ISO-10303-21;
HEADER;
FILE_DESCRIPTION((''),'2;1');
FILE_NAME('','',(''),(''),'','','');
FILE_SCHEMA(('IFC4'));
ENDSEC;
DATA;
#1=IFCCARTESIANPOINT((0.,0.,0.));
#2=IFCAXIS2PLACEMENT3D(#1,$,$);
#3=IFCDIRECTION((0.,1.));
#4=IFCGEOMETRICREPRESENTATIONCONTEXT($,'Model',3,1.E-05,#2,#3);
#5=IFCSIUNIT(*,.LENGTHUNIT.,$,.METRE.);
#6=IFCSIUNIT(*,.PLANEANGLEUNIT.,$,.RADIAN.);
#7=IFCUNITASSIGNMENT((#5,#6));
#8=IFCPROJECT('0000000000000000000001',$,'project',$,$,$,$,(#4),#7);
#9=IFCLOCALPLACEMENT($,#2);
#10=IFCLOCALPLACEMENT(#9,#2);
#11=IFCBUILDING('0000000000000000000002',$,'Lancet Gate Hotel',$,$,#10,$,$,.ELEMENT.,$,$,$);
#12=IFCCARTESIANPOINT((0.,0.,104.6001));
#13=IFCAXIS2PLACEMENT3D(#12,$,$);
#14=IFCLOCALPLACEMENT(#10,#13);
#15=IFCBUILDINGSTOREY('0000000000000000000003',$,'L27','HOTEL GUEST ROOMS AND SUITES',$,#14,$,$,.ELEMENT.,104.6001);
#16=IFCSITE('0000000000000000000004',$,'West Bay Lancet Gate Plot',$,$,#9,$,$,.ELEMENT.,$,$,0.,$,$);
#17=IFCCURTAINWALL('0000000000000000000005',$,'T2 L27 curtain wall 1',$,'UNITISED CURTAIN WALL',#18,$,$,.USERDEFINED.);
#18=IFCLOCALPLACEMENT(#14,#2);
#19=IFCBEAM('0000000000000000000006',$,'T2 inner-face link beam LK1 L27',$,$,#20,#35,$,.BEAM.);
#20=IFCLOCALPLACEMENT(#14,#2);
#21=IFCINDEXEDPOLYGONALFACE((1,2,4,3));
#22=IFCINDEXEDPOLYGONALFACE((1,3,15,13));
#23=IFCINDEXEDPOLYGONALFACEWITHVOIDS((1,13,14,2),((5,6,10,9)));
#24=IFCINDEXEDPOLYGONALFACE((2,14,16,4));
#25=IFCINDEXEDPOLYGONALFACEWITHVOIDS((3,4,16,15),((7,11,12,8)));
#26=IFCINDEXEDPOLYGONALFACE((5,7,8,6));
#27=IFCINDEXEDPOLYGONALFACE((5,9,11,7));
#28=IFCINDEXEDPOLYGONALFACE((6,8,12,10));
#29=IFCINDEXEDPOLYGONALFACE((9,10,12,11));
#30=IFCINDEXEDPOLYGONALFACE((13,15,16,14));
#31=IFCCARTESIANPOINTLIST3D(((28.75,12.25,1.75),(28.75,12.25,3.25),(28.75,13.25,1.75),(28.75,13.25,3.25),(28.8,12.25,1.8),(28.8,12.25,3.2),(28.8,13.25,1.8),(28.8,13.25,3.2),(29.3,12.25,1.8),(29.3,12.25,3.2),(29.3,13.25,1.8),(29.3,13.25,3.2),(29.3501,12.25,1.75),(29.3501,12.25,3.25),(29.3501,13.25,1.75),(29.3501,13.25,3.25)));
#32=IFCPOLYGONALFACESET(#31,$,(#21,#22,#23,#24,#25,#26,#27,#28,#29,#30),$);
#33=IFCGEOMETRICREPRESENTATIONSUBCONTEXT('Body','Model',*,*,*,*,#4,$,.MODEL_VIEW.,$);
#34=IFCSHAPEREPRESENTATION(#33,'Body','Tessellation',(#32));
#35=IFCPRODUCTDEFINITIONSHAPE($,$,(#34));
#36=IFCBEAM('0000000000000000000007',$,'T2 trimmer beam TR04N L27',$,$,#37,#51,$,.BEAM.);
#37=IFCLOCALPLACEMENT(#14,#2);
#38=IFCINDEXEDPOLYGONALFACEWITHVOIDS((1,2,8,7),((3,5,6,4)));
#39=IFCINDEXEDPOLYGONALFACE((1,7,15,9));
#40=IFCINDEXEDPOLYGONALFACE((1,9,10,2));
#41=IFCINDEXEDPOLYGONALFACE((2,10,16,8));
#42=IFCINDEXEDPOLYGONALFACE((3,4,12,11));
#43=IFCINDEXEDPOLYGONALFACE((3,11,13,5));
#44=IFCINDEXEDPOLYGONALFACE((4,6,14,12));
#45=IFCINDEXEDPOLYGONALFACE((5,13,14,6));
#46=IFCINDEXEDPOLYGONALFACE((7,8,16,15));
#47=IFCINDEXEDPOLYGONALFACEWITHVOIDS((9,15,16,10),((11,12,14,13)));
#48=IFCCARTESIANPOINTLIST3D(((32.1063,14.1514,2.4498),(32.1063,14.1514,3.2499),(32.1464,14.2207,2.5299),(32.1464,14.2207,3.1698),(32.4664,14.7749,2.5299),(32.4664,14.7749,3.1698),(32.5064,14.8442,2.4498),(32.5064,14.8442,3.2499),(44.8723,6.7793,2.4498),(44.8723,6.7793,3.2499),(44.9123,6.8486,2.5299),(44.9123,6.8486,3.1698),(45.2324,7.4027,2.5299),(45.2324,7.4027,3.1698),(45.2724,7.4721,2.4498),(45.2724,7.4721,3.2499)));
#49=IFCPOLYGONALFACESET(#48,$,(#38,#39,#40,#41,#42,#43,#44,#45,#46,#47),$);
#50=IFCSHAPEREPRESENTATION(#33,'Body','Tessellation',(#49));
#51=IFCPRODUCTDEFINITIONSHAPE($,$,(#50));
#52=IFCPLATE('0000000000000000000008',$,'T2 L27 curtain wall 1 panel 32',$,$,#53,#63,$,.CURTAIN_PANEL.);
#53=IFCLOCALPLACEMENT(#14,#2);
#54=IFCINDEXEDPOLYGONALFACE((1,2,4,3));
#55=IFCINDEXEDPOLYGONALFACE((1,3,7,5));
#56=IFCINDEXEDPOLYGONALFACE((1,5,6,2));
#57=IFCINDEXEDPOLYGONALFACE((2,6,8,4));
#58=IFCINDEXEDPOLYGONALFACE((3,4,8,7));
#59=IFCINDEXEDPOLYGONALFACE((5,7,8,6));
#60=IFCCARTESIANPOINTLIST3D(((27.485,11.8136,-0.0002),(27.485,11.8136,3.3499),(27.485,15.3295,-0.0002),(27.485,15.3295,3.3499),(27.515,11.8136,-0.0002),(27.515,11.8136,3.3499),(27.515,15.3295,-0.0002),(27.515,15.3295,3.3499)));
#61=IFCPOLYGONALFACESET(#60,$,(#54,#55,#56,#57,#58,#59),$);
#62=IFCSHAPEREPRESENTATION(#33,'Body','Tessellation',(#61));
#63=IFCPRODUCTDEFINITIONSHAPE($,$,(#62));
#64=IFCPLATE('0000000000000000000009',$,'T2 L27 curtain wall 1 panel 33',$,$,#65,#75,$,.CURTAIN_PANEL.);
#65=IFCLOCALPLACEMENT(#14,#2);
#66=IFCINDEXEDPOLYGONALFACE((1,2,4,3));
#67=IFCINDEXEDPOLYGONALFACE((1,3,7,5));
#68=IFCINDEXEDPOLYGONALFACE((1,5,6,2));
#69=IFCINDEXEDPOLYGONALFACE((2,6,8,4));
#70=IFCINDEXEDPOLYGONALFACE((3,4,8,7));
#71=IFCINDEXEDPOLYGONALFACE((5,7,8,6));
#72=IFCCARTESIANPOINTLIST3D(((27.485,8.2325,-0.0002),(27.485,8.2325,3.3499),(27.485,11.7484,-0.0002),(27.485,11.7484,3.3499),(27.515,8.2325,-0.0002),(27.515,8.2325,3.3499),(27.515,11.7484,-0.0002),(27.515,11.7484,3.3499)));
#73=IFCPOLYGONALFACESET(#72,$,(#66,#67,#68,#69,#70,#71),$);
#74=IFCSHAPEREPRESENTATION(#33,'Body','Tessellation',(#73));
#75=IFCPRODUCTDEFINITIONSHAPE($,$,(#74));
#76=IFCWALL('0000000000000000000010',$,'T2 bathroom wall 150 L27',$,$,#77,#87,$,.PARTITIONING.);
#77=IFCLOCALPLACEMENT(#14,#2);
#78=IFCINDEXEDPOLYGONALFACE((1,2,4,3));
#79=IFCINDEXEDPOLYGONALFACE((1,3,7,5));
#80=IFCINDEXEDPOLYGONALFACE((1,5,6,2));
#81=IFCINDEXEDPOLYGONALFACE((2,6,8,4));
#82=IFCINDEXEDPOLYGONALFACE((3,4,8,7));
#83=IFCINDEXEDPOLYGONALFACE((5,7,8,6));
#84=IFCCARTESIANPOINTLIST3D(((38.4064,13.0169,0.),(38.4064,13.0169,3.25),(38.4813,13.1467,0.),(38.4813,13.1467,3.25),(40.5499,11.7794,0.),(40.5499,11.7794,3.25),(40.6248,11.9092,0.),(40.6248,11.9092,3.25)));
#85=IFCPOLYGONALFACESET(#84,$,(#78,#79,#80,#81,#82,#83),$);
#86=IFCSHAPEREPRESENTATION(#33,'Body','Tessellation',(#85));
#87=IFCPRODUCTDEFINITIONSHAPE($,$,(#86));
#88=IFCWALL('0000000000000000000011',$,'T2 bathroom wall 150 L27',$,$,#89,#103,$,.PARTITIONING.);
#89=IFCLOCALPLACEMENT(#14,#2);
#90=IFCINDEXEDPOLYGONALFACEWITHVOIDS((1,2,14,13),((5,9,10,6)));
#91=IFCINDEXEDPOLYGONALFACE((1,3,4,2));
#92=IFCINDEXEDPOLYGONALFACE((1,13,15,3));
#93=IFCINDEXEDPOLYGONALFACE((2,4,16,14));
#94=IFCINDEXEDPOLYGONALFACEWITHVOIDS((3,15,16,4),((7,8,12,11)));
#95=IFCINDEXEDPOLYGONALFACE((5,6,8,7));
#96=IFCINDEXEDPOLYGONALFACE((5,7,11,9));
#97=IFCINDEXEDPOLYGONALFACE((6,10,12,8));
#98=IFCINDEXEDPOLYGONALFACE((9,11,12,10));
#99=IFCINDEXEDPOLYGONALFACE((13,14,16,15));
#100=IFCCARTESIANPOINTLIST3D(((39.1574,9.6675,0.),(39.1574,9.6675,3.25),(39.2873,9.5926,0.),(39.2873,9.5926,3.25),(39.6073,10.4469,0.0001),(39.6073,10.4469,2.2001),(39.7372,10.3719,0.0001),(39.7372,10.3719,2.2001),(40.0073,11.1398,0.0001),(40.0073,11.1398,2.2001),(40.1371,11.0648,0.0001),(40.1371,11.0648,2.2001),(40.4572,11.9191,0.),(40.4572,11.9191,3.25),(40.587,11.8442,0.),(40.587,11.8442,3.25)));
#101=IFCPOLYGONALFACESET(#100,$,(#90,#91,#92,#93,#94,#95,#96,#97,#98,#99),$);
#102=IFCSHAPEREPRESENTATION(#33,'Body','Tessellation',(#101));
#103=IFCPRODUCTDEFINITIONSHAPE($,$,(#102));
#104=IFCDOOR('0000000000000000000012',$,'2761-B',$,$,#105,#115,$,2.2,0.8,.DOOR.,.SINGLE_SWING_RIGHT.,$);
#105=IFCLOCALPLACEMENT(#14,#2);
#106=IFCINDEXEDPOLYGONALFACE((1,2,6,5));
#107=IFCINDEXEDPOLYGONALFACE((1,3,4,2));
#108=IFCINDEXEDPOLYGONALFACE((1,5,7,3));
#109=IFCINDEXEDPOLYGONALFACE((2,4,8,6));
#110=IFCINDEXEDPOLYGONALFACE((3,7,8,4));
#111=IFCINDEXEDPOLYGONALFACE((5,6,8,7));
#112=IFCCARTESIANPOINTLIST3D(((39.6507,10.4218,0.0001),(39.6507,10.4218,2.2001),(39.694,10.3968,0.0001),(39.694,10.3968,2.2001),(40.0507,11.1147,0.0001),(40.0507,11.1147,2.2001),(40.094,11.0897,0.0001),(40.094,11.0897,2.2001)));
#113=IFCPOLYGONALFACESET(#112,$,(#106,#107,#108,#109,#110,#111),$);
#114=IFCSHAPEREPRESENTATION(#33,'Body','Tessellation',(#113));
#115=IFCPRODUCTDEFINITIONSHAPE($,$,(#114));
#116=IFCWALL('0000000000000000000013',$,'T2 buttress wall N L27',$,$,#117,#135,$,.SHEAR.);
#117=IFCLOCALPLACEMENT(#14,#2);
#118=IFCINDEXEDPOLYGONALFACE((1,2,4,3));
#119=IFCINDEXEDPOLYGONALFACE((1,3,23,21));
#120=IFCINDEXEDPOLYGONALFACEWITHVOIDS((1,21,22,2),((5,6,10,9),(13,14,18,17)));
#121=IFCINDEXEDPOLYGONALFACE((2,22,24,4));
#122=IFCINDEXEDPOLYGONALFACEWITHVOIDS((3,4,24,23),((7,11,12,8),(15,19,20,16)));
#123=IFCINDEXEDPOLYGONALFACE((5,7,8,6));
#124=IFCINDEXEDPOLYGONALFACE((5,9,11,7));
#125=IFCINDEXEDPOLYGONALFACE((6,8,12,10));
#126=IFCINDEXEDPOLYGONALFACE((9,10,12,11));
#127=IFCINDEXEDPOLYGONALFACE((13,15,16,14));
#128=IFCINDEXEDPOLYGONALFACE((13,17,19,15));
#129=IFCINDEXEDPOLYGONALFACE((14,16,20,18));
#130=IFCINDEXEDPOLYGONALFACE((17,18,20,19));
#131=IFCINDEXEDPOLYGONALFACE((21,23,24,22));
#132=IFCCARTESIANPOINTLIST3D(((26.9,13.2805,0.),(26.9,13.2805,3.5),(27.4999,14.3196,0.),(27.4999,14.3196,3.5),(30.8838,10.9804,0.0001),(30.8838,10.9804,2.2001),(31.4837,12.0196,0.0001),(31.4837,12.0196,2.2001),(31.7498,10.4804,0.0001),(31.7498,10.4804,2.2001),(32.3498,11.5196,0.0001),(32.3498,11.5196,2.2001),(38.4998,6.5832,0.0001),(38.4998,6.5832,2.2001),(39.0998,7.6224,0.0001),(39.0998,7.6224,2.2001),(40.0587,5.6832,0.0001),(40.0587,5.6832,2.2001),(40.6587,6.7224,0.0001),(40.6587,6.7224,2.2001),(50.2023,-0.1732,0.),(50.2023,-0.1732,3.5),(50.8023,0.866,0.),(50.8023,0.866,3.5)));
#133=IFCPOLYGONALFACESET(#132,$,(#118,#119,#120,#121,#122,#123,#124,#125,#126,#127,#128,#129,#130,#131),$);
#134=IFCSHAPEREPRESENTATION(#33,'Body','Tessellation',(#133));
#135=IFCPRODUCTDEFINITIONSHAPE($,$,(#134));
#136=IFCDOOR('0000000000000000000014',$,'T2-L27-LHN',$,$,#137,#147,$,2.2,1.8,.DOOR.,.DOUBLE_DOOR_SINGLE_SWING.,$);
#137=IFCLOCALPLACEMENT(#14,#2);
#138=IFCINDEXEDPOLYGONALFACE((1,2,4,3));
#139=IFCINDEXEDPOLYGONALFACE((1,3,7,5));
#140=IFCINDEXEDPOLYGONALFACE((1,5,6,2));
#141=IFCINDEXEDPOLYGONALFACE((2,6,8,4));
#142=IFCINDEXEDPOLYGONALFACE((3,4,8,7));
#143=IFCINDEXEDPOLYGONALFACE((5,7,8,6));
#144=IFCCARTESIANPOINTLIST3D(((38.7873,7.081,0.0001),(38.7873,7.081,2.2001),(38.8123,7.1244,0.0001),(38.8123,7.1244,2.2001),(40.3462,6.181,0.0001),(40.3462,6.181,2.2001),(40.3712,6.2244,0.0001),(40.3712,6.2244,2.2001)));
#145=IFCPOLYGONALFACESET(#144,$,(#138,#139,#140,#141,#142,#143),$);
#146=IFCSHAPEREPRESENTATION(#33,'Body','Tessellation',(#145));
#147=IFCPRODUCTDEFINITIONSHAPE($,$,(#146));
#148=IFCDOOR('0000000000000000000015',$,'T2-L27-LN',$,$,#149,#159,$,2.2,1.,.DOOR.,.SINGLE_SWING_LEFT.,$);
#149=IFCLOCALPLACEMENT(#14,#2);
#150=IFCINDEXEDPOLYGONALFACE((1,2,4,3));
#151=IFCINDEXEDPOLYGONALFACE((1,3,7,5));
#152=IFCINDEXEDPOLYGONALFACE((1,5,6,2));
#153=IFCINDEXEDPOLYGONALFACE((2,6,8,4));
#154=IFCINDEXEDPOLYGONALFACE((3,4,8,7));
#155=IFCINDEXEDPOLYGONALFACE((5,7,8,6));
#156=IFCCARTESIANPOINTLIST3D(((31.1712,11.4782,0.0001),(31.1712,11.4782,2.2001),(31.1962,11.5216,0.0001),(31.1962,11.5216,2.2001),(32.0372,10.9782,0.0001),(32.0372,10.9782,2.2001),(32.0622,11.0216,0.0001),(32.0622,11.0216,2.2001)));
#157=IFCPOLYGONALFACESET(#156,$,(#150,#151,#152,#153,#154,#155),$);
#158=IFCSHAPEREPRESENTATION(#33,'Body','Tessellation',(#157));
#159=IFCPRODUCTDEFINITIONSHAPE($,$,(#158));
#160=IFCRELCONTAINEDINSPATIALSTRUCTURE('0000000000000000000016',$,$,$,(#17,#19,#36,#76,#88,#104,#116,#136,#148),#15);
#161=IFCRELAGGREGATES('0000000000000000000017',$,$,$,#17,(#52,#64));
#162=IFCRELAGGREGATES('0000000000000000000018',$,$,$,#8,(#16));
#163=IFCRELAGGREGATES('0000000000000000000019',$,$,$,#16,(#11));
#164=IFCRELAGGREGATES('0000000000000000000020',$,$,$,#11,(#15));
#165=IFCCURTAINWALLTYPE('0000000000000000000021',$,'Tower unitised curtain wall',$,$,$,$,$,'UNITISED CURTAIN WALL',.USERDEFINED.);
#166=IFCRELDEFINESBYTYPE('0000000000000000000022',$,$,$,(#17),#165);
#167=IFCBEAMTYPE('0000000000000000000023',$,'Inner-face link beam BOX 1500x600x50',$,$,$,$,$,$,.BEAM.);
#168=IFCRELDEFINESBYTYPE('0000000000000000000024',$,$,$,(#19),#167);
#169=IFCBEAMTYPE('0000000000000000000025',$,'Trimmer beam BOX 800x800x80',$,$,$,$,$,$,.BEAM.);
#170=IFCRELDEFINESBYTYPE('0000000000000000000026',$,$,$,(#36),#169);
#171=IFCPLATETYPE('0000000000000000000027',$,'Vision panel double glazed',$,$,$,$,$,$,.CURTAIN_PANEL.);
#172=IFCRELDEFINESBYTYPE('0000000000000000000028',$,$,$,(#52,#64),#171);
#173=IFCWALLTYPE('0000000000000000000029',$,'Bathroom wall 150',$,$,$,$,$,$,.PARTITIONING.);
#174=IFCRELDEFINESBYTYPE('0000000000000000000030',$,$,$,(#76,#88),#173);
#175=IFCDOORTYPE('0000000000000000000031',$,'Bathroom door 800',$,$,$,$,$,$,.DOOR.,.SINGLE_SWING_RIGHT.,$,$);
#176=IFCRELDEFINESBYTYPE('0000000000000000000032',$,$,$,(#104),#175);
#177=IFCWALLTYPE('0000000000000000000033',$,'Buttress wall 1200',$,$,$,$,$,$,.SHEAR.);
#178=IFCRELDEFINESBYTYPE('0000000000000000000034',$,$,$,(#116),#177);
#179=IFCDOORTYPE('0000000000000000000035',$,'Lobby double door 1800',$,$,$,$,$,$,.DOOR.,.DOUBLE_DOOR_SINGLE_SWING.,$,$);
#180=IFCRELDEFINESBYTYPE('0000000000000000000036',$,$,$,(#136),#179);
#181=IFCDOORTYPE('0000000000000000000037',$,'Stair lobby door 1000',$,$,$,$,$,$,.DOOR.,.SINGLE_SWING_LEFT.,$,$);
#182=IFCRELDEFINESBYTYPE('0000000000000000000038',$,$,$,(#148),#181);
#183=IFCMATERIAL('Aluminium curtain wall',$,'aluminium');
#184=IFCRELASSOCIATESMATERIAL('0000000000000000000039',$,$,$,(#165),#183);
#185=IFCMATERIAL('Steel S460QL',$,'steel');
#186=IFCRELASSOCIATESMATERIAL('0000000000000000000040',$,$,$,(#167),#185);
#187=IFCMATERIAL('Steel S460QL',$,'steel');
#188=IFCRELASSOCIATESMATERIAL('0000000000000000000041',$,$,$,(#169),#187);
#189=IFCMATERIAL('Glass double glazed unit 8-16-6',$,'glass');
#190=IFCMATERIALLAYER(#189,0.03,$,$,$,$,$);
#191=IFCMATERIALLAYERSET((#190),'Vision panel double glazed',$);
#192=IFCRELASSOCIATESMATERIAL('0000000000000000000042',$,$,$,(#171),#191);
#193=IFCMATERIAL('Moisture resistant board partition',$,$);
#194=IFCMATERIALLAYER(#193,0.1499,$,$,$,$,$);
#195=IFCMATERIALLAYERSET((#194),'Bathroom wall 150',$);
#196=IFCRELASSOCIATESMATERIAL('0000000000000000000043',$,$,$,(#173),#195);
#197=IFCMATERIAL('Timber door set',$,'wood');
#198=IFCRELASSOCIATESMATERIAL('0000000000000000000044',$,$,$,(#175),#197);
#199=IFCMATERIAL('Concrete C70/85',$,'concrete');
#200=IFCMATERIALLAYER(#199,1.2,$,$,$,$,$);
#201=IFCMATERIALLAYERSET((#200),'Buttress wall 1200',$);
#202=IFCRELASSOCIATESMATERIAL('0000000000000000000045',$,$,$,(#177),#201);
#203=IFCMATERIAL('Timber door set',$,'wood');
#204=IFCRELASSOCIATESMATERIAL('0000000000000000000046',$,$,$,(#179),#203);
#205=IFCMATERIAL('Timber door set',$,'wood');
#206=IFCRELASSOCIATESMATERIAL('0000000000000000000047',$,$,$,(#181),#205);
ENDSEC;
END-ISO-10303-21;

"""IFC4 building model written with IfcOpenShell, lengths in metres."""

from ifc_helpers import new_model, si_unit, direction, frame, frame_2d, origin, origin_2d, place, context, subcontext, project, spatial, rectangle, hollow_rectangle, extrude, material, layer, layer_set, material_profile, profile_set, type_object, element, fill, aggregate, save


model = new_model("IFC4")

# Units and contexts
model_context = context("Model", 3, precision=1e-05, world=origin(), true_north=direction((0.0, 1.0)))
body_context = subcontext(model_context, "Body", "Model", "MODEL_VIEW")
ifc_project = project(units=[si_unit("LENGTHUNIT", "METRE"), si_unit("PLANEANGLEUNIT", "RADIAN")], contexts=[model_context])

# Site, building, storey
site_placement = place(None, origin())
site = spatial("IfcSite", under=ifc_project, at=site_placement, Name="West Bay Lancet Gate Plot", CompositionType="ELEMENT", RefElevation=0.0)
building_placement = place(site_placement, origin())
building = spatial("IfcBuilding", under=site, at=building_placement, Name="Lancet Gate Hotel", CompositionType="ELEMENT")
storey_placement = place(building_placement, frame((0.0, 0.0, 104.6001)))
storey = spatial("IfcBuildingStorey", under=building, at=storey_placement, Name="L27", Description="HOTEL GUEST ROOMS AND SUITES", CompositionType="ELEMENT", Elevation=104.6001)

# Curtain wall
ifc_material_1 = material(Name="Aluminium curtain wall", Category="aluminium")
curtain_wall_type = type_object("IfcCurtainWallType", Name="Tower unitised curtain wall", ElementType="UNITISED CURTAIN WALL", PredefinedType="USERDEFINED", material=ifc_material_1)
curtain_wall_placement = place(storey_placement, origin())
curtain_wall = element("IfcCurtainWall", 1, at=curtain_wall_placement, inside=storey, type_object=curtain_wall_type, Name="T2 L27 curtain wall 1", ObjectType="UNITISED CURTAIN WALL", PredefinedType="USERDEFINED")

# Beams
ifc_material_2 = material(Name="Steel S460QL", Category="steel")
ifc_material_profile_1 = material_profile(ifc_material_2, hollow_rectangle(XDim=0.6001, YDim=1.5, WallThickness=0.05, at=origin_2d()), Name="BOX 1500x600x50")
ifc_profile_set_1 = profile_set([ifc_material_profile_1], Name="Steel S460QL")
beam_type_1 = type_object("IfcBeamType", Name="Inner-face link beam BOX 1500x600x50", PredefinedType="BEAM", material=ifc_profile_set_1)
beam_1_placement = place(storey_placement, frame((29.05, 12.25, 2.5), z_axis=(0.0, 1.0, 0.0), x_axis=(-1.0, 0.0, 0.0)))
element("IfcBeam", 2, at=beam_1_placement, inside=storey, type_object=beam_type_1, Name="T2 inner-face link beam LK1 L27", PredefinedType="BEAM", context=body_context, shape_type="SweptSolid", body=[
    extrude(hollow_rectangle(XDim=0.6001, YDim=1.5, WallThickness=0.05, at=origin_2d()), origin(), (0.0, 0.0, 1.0), 1.0),
])
ifc_material_3 = material(Name="Steel S460QL", Category="steel")
ifc_material_profile_2 = material_profile(ifc_material_3, hollow_rectangle(XDim=0.8, YDim=0.8, WallThickness=0.0801, at=origin_2d()), Name="BOX 800x800x80")
ifc_profile_set_2 = profile_set([ifc_material_profile_2], Name="Steel S460QL")
beam_type_2 = type_object("IfcBeamType", Name="Trimmer beam BOX 800x800x80", PredefinedType="BEAM", material=ifc_profile_set_2)
beam_2_placement = place(storey_placement, frame((32.3064, 14.4978, 2.8499), z_axis=(0.865976, -0.500086, 0.0), x_axis=(0.500086, 0.865976, 0.0)))
element("IfcBeam", 3, at=beam_2_placement, inside=storey, type_object=beam_type_2, Name="T2 trimmer beam TR04N L27", PredefinedType="BEAM", context=body_context, shape_type="SweptSolid", body=[
    extrude(hollow_rectangle(XDim=0.8, YDim=0.8, WallThickness=0.0801, at=origin_2d()), origin(), (0.0, 0.0, 1.0), 14.7417),
])

# Plates
ifc_material_4 = material(Name="Glass double glazed unit 8-16-6", Category="glass")
ifc_layer_1 = layer(ifc_material_4, 0.03)
ifc_layer_set_1 = layer_set([ifc_layer_1], Name="Vision panel double glazed")
plate_type = type_object("IfcPlateType", Name="Vision panel double glazed", PredefinedType="CURTAIN_PANEL", material=ifc_layer_set_1)
plate_1_placement = place(storey_placement, frame((27.5, 13.5715, -0.0002), z_axis=(0.0, 0.0, 1.0), x_axis=(0.0, -1.0, 0.0)))
plate_1 = element("IfcPlate", 4, at=plate_1_placement, type_object=plate_type, Name="T2 L27 curtain wall 1 panel 32", PredefinedType="CURTAIN_PANEL", context=body_context, shape_type="SweptSolid", body=[
    extrude(rectangle(XDim=3.5159, YDim=0.03, at=origin_2d()), origin(), (0.0, 0.0, 1.0), 3.3501),
])
plate_2_placement = place(storey_placement, frame((27.5, 9.9905, -0.0002), z_axis=(0.0, 0.0, 1.0), x_axis=(0.0, -1.0, 0.0)))
plate_2 = element("IfcPlate", 5, at=plate_2_placement, type_object=plate_type, Name="T2 L27 curtain wall 1 panel 33", PredefinedType="CURTAIN_PANEL", context=body_context, shape_type="SweptSolid", body=[
    extrude(rectangle(XDim=3.5159, YDim=0.03, at=origin_2d()), origin(), (0.0, 0.0, 1.0), 3.3501),
])
aggregate(curtain_wall, [plate_1, plate_2])

# Wall
ifc_material_5 = material(Name="Moisture resistant board partition")
ifc_layer_2 = layer(ifc_material_5, 0.1499)
ifc_layer_set_2 = layer_set([ifc_layer_2], Name="Bathroom wall 150")
wall_type_1 = type_object("IfcWallType", Name="Bathroom wall 150", PredefinedType="PARTITIONING", material=ifc_layer_set_2)
wall_1_placement = place(storey_placement, frame((38.4438, 13.0818, 0.0), z_axis=(0.0, 0.0, 1.0), x_axis=(0.866031, -0.49999, 0.0)))
element("IfcWall", 6, at=wall_1_placement, inside=storey, type_object=wall_type_1, Name="T2 bathroom wall 150 L27", PredefinedType="PARTITIONING", context=body_context, shape_type="SweptSolid", body=[
    extrude(rectangle(XDim=2.4751, YDim=0.1499, at=frame_2d((1.2375, 0.0))), origin(), (0.0, 0.0, 1.0), 3.25),
])

# Wall, opening, door
wall_2_placement = place(storey_placement, frame((39.2224, 9.6301, 0.0), z_axis=(0.0, 0.0, 1.0), x_axis=(0.499937, 0.866062, 0.0)))
wall_2 = element("IfcWall", 7, at=wall_2_placement, inside=storey, type_object=wall_type_1, Name="T2 bathroom wall 150 L27", PredefinedType="PARTITIONING", context=body_context, shape_type="SweptSolid", body=[
    extrude(rectangle(XDim=2.5999, YDim=0.1499, at=frame_2d((1.2998, 0.0))), origin(), (0.0, 0.0, 1.0), 3.25),
])
opening_1_placement = place(wall_2_placement, frame((0.8999, 0.0, 0.0)))
opening_1 = element("IfcOpeningElement", 8, at=opening_1_placement, cuts=wall_2, PredefinedType="OPENING", context=body_context, shape_type="SweptSolid", body=[
    extrude(rectangle(XDim=0.8, YDim=2.2, at=frame_2d((0.3999, 1.1001))), frame((0.0, 0.085, 0.0), z_axis=(0.0, -1.0, 0.0), x_axis=(1.0, 0.0, 0.0)), (0.0, 0.0, 1.0), 0.1699),
])
ifc_material_6 = material(Name="Timber door set", Category="wood")
door_type_1 = type_object("IfcDoorType", Name="Bathroom door 800", OperationType="SINGLE_SWING_RIGHT", PredefinedType="DOOR", material=ifc_material_6)
door_1_placement = place(opening_1_placement, origin())
door_1 = element("IfcDoor", 9, at=door_1_placement, inside=storey, type_object=door_type_1, Name="2761-B", OperationType="SINGLE_SWING_RIGHT", OverallHeight=2.2, OverallWidth=0.8, PredefinedType="DOOR", context=body_context, shape_type="SweptSolid", body=[
    extrude(rectangle(XDim=0.8, YDim=2.2, at=frame_2d((0.3999, 1.1001))), frame((0.0, 0.0249, 0.0), z_axis=(0.0, -1.0, 0.0), x_axis=(1.0, 0.0, 0.0)), (0.0, 0.0, 1.0), 0.05),
])
fill(opening_1, door_1)

# Wall, openings, doors
ifc_material_7 = material(Name="Concrete C70/85", Category="concrete")
ifc_layer_3 = layer(ifc_material_7, 1.2)
ifc_layer_set_3 = layer_set([ifc_layer_3], Name="Buttress wall 1200")
wall_type_2 = type_object("IfcWallType", Name="Buttress wall 1200", PredefinedType="SHEAR", material=ifc_layer_set_3)
wall_3_placement = place(storey_placement, frame((27.2, 13.8, 0.0), z_axis=(0.0, 0.0, 1.0), x_axis=(0.866025, -0.500002, 0.0)))
wall_3 = element("IfcWall", 10, at=wall_3_placement, inside=storey, type_object=wall_type_2, Name="T2 buttress wall N L27", PredefinedType="SHEAR", context=body_context, shape_type="SweptSolid", body=[
    extrude(rectangle(XDim=26.9072, YDim=1.2, at=frame_2d((13.4536, 0.0))), origin(), (0.0, 0.0, 1.0), 3.5),
])
opening_2_placement = place(wall_3_placement, frame((4.6001, 0.0, 0.0)))
opening_2 = element("IfcOpeningElement", 11, at=opening_2_placement, cuts=wall_3, PredefinedType="OPENING", context=body_context, shape_type="SweptSolid", body=[
    extrude(rectangle(XDim=1.0, YDim=2.2, at=frame_2d((0.5, 1.1001))), frame((0.0, 0.6099, 0.0), z_axis=(0.0, -1.0, 0.0), x_axis=(1.0, 0.0, 0.0)), (0.0, 0.0, 1.0), 1.22),
])
opening_3_placement = place(wall_3_placement, frame((13.3945, 0.0, 0.0)))
opening_3 = element("IfcOpeningElement", 12, at=opening_3_placement, cuts=wall_3, PredefinedType="OPENING", context=body_context, shape_type="SweptSolid", body=[
    extrude(rectangle(XDim=1.8, YDim=2.2, at=frame_2d((0.8999, 1.1001))), frame((0.0, 0.6099, 0.0), z_axis=(0.0, -1.0, 0.0), x_axis=(1.0, 0.0, 0.0)), (0.0, 0.0, 1.0), 1.22),
])
ifc_material_8 = material(Name="Timber door set", Category="wood")
door_type_2 = type_object("IfcDoorType", Name="Lobby double door 1800", OperationType="DOUBLE_DOOR_SINGLE_SWING", PredefinedType="DOOR", material=ifc_material_8)
door_2_placement = place(opening_3_placement, origin())
door_2 = element("IfcDoor", 13, at=door_2_placement, inside=storey, type_object=door_type_2, Name="T2-L27-LHN", OperationType="DOUBLE_DOOR_SINGLE_SWING", OverallHeight=2.2, OverallWidth=1.8, PredefinedType="DOOR", context=body_context, shape_type="SweptSolid", body=[
    extrude(rectangle(XDim=1.8, YDim=2.2, at=frame_2d((0.8999, 1.1001))), frame((0.0, 0.0249, 0.0), z_axis=(0.0, -1.0, 0.0), x_axis=(1.0, 0.0, 0.0)), (0.0, 0.0, 1.0), 0.05),
])
fill(opening_3, door_2)
ifc_material_9 = material(Name="Timber door set", Category="wood")
door_type_3 = type_object("IfcDoorType", Name="Stair lobby door 1000", OperationType="SINGLE_SWING_LEFT", PredefinedType="DOOR", material=ifc_material_9)
door_3_placement = place(opening_2_placement, origin())
door_3 = element("IfcDoor", 14, at=door_3_placement, inside=storey, type_object=door_type_3, Name="T2-L27-LN", OperationType="SINGLE_SWING_LEFT", OverallHeight=2.2, OverallWidth=1.0, PredefinedType="DOOR", context=body_context, shape_type="SweptSolid", body=[
    extrude(rectangle(XDim=1.0, YDim=2.2, at=frame_2d((0.5, 1.1001))), frame((0.0, 0.0249, 0.0), z_axis=(0.0, -1.0, 0.0), x_axis=(1.0, 0.0, 0.0)), (0.0, 0.0, 1.0), 0.05),
])
fill(opening_2, door_3)

save(model, "model.ifc")
